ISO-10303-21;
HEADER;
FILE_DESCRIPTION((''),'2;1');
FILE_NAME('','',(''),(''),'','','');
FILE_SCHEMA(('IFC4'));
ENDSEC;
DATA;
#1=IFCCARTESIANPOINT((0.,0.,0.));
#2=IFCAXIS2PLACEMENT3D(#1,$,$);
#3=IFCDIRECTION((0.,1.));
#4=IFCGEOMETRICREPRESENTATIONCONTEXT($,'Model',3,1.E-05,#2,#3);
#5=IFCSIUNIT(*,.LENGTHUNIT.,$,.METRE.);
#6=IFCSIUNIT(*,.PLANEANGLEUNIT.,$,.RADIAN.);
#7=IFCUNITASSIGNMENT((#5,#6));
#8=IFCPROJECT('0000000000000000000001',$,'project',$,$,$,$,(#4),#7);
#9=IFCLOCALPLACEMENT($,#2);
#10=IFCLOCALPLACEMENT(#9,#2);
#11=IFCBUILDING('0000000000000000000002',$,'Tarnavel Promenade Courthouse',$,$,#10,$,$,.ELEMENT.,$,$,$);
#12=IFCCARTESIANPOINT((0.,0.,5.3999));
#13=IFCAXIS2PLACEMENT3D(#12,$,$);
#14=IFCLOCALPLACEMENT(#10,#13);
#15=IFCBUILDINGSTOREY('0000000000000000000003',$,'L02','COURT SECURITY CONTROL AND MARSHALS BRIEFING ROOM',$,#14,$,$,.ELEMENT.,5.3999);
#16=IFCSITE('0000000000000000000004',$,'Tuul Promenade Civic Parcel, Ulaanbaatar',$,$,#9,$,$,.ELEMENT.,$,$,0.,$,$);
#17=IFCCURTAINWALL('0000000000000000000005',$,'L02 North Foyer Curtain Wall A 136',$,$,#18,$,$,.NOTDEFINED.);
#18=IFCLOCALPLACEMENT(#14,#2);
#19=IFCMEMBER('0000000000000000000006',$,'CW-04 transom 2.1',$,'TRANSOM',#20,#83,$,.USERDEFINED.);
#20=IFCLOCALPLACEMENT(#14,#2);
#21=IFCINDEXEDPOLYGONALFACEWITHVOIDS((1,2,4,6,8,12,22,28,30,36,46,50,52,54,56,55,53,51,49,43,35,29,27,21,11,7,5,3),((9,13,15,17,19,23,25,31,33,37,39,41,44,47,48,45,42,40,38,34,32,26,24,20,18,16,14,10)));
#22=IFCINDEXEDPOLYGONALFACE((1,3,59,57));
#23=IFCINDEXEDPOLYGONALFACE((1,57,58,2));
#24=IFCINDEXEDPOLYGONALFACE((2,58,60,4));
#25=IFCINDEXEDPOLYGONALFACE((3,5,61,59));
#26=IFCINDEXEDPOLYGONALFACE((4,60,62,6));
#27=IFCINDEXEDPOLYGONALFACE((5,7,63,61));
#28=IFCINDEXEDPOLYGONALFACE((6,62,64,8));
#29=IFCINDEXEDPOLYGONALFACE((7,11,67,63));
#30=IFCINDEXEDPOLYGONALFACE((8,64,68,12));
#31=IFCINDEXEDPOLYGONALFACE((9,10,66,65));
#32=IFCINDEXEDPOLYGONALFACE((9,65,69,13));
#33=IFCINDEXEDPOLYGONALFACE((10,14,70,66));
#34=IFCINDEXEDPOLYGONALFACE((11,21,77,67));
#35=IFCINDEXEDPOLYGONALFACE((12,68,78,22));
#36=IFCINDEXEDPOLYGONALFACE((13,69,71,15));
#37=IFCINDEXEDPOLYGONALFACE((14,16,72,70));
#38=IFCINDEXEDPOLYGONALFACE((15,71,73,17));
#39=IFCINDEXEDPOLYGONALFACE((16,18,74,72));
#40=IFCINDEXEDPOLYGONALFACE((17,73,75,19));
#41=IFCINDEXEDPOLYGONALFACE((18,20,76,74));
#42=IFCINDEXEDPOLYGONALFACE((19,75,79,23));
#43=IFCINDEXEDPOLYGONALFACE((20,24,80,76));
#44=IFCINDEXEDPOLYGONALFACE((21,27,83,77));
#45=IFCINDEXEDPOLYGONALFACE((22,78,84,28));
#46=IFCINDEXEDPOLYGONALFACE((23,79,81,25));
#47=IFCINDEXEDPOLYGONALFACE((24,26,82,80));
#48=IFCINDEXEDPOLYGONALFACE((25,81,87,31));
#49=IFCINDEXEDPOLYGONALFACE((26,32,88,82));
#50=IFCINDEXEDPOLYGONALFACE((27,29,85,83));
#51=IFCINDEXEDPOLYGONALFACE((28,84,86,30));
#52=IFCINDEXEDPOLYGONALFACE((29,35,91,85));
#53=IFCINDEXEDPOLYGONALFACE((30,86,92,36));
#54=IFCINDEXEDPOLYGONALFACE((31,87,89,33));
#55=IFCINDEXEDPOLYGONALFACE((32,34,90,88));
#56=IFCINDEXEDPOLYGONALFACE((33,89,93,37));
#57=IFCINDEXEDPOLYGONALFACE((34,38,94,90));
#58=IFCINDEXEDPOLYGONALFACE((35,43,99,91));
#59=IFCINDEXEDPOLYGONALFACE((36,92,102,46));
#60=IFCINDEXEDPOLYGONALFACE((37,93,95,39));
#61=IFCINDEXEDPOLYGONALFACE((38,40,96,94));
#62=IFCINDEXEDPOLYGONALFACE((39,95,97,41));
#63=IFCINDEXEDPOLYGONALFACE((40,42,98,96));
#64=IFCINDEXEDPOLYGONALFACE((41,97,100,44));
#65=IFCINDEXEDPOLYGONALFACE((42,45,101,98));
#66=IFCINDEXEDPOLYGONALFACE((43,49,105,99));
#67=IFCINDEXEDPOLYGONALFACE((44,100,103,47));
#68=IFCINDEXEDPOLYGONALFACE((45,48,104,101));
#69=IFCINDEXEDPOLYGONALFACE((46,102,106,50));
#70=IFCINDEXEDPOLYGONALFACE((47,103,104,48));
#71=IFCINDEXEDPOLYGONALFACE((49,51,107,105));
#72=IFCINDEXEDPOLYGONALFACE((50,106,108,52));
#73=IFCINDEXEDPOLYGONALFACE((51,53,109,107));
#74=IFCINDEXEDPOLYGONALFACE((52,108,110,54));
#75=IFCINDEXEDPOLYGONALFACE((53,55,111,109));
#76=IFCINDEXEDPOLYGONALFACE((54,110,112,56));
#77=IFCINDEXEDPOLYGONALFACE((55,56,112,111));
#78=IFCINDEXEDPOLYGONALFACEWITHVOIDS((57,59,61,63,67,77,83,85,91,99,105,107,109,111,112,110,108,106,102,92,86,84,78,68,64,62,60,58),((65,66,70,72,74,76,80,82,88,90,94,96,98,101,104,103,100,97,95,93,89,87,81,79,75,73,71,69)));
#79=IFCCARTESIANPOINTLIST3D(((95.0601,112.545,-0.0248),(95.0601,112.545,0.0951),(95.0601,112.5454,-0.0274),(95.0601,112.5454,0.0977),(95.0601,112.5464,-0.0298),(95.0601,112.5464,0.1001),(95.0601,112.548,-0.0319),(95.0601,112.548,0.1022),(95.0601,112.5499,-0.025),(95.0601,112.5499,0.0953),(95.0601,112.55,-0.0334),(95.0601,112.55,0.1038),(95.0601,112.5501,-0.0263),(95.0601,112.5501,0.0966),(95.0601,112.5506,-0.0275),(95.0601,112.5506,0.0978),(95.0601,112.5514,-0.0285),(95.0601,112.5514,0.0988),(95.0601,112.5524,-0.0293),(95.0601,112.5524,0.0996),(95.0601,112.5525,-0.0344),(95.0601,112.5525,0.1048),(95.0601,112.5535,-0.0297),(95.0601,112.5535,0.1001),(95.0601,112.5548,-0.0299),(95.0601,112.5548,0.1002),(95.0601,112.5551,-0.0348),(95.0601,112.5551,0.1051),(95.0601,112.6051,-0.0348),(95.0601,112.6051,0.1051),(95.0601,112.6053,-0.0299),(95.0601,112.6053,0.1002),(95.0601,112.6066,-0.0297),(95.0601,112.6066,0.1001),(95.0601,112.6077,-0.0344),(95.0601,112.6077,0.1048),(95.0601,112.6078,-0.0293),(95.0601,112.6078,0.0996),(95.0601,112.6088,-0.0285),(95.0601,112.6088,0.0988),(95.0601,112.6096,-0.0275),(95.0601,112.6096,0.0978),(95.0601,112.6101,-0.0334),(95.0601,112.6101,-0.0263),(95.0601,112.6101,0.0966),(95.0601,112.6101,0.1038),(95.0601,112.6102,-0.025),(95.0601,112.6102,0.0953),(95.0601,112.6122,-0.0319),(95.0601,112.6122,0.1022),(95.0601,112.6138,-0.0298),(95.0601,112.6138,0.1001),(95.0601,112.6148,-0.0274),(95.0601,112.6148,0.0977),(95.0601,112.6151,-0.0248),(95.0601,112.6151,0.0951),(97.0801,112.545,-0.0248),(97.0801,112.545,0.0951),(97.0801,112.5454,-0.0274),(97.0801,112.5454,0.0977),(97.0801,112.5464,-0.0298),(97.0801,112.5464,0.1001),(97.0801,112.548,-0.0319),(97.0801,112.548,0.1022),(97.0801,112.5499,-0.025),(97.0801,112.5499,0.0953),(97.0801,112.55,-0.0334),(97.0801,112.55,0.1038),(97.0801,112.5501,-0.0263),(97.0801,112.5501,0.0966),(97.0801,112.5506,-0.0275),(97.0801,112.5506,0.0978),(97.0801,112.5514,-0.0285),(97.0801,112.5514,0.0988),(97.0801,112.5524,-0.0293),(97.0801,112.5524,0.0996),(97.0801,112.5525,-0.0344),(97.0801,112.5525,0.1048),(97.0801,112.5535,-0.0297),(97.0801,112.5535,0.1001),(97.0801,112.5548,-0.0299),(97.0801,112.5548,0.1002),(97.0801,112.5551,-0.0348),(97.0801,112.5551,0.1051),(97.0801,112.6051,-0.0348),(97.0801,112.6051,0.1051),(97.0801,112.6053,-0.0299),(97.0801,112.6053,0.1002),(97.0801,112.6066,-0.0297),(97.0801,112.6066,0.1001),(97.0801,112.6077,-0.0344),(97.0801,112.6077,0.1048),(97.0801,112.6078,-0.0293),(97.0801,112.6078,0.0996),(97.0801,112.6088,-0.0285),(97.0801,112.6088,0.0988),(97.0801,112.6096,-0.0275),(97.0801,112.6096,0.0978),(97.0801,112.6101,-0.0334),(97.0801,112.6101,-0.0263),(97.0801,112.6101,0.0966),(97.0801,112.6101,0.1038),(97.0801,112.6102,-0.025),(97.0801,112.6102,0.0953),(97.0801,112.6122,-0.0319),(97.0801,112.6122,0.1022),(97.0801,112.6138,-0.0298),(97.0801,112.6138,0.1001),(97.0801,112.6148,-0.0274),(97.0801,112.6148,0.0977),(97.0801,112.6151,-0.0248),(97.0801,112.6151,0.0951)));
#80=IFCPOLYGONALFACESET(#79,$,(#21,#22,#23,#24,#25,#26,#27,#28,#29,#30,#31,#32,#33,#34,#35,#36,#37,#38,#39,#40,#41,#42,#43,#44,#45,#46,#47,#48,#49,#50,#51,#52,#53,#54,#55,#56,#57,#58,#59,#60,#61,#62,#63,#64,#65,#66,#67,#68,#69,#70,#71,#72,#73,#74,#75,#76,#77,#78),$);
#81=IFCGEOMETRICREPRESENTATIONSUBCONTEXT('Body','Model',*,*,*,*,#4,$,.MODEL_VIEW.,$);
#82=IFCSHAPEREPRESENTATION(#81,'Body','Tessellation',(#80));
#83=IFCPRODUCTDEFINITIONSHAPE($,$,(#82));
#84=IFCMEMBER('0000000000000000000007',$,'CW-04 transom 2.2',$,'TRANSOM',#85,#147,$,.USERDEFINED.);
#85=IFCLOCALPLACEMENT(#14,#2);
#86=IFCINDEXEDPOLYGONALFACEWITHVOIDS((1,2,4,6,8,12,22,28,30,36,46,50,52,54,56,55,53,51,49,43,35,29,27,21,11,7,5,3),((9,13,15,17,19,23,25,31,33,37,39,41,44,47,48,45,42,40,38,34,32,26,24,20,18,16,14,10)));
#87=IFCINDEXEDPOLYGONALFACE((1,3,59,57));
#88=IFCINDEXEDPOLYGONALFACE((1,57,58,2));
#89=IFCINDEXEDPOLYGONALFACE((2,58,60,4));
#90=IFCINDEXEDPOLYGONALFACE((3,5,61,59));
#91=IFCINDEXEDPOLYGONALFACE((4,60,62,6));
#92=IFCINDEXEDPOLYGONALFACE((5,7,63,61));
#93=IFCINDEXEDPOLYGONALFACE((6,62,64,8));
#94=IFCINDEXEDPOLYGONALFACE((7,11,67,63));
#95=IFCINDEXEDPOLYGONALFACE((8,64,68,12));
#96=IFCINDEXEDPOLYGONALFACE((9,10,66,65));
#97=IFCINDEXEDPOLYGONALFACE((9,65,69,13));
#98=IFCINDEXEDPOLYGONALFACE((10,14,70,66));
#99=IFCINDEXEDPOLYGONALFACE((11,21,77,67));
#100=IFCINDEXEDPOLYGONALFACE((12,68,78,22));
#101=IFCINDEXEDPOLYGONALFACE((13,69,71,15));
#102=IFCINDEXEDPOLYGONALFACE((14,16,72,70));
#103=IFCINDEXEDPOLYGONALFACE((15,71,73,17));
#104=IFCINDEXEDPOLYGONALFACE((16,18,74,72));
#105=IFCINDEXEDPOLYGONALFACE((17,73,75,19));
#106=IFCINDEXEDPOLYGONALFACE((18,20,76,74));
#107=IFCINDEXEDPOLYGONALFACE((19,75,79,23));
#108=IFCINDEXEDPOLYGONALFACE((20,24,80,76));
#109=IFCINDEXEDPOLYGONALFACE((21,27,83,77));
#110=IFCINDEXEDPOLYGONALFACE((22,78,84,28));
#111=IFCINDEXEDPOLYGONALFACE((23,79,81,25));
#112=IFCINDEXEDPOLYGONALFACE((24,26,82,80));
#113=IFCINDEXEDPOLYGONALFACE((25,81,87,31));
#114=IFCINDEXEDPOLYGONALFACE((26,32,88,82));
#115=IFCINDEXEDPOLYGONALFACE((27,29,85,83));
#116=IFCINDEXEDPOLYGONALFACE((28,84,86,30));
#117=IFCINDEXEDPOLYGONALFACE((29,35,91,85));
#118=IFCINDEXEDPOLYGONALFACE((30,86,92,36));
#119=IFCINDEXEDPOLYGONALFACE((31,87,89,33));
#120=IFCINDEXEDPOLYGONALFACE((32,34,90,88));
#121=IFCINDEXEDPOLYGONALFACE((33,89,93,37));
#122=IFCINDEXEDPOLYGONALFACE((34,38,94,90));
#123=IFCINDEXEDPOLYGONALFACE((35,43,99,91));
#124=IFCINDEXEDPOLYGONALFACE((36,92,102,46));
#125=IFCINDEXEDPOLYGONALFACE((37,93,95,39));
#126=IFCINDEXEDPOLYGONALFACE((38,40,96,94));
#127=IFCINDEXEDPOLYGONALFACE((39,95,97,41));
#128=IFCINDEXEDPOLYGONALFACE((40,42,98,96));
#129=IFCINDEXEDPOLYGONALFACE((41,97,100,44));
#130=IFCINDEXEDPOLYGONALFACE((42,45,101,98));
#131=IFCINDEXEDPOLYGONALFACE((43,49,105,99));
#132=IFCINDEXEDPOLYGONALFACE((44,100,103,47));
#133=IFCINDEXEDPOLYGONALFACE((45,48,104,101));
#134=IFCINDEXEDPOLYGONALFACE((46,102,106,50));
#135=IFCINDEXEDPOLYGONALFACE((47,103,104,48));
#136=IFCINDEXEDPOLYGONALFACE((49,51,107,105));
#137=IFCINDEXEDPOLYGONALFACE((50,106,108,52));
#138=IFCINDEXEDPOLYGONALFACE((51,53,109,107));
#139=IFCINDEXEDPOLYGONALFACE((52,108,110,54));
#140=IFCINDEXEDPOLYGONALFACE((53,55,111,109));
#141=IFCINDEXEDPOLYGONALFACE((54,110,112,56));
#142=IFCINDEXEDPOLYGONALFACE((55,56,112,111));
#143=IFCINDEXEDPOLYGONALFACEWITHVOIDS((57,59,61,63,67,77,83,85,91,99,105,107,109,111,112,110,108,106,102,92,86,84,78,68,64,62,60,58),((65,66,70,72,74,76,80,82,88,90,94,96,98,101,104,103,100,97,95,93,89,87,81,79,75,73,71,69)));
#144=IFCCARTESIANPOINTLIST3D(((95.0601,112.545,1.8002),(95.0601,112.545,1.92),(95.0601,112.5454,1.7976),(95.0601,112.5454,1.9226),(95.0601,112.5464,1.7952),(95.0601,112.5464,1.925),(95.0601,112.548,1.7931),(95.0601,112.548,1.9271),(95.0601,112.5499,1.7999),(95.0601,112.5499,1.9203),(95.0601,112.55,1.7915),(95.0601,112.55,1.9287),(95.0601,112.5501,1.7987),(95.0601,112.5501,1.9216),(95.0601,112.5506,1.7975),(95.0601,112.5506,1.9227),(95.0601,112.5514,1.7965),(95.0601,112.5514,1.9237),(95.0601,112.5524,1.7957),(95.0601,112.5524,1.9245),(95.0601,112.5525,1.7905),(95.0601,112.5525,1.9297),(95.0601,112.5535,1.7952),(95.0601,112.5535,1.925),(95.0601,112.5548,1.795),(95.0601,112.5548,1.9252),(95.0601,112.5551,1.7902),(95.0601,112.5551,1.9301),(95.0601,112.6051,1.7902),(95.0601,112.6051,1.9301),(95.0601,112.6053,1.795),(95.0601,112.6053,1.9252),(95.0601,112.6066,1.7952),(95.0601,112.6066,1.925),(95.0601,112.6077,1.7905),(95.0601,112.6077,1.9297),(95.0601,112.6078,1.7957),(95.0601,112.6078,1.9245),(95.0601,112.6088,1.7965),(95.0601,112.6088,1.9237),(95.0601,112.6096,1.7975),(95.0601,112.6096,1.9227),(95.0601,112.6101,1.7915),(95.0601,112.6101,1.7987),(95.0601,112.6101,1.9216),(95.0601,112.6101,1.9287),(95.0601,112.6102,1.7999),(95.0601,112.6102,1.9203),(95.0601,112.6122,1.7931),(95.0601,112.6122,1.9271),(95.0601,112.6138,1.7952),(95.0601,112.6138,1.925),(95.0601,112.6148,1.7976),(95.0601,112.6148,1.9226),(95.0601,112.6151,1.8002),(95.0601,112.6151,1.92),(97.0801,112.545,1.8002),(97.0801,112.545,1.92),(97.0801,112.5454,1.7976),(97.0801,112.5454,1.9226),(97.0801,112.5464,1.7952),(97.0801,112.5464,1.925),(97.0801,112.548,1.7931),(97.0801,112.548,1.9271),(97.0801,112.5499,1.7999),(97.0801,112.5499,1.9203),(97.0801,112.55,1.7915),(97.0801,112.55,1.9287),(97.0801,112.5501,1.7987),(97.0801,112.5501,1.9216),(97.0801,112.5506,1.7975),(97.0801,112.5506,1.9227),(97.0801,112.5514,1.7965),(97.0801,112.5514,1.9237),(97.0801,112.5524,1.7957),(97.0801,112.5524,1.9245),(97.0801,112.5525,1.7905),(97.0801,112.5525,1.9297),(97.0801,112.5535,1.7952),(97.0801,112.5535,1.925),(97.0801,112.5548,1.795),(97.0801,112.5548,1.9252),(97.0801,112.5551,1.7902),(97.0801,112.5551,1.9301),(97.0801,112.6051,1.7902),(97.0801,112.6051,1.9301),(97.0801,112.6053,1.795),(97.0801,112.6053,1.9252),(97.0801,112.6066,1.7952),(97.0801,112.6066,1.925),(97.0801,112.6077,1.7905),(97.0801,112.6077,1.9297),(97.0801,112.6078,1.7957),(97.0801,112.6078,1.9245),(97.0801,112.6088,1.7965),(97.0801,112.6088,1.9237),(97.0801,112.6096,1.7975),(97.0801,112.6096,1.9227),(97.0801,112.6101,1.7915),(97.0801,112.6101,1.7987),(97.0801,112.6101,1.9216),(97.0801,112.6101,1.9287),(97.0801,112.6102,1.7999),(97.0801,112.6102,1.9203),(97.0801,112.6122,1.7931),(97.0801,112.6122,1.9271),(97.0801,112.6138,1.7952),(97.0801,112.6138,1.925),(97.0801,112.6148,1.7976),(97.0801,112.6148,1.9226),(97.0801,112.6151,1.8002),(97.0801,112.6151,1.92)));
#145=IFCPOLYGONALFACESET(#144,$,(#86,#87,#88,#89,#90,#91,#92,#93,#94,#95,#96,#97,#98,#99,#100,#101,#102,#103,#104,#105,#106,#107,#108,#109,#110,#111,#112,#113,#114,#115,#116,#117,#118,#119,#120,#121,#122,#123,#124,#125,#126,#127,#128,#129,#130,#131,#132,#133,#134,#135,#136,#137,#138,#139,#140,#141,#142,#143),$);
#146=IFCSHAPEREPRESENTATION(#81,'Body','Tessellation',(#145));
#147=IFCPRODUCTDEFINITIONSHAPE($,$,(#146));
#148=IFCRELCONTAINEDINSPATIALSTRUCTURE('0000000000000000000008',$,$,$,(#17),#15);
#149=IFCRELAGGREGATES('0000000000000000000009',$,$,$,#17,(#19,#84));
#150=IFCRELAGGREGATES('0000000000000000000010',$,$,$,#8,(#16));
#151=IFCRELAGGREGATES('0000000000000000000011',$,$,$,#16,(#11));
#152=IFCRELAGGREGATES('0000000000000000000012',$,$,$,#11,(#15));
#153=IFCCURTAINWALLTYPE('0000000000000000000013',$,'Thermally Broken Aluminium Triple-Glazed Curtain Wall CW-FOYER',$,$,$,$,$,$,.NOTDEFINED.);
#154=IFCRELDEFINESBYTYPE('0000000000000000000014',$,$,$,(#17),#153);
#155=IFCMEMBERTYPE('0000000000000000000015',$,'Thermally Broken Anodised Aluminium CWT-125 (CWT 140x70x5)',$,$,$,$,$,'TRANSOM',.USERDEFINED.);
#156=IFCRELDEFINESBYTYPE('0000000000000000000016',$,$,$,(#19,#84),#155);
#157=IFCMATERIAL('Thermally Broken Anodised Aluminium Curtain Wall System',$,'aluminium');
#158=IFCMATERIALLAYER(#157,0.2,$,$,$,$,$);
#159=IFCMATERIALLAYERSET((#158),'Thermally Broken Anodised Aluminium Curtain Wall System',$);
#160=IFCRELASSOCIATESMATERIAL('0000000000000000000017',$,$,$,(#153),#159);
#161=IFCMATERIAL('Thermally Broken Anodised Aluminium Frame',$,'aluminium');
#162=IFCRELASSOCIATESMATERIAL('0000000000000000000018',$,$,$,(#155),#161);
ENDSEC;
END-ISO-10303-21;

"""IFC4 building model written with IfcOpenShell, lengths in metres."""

from ifc_helpers import new_model, si_unit, direction, frame, origin, origin_2d, place, context, subcontext, project, spatial, hollow_rectangle, extrude, material, layer, layer_set, material_profile, profile_set, type_object, element, aggregate, save


model = new_model("IFC4")

# Units and contexts
model_context = context("Model", 3, precision=1e-05, world=origin(), true_north=direction((0.0, 1.0)))
body_context = subcontext(model_context, "Body", "Model", "MODEL_VIEW")
ifc_project = project(units=[si_unit("LENGTHUNIT", "METRE"), si_unit("PLANEANGLEUNIT", "RADIAN")], contexts=[model_context])

# Site, building, storey
site_placement = place(None, origin())
site = spatial("IfcSite", under=ifc_project, at=site_placement, Name="Tuul Promenade Civic Parcel, Ulaanbaatar", CompositionType="ELEMENT", RefElevation=0.0)
building_placement = place(site_placement, origin())
building = spatial("IfcBuilding", under=site, at=building_placement, Name="Tarnavel Promenade Courthouse", CompositionType="ELEMENT")
storey_placement = place(building_placement, frame((0.0, 0.0, 5.3999)))
storey = spatial("IfcBuildingStorey", under=building, at=storey_placement, Name="L02", Description="COURT SECURITY CONTROL AND MARSHALS BRIEFING ROOM", CompositionType="ELEMENT", Elevation=5.3999)

# Shared definitions
ifc_material_1 = material(Name="Thermally Broken Anodised Aluminium Curtain Wall System", Category="aluminium")
ifc_layer_1 = layer(ifc_material_1, 0.2)
ifc_layer_set_1 = layer_set([ifc_layer_1], Name="Thermally Broken Anodised Aluminium Curtain Wall System")
curtain_wall_type = type_object("IfcCurtainWallType", Name="Thermally Broken Aluminium Triple-Glazed Curtain Wall CW-FOYER", PredefinedType="NOTDEFINED", material=ifc_layer_set_1)
ifc_material_2 = material(Name="Thermally Broken Anodised Aluminium Frame", Category="aluminium")

# Curtain wall
curtain_wall_1_placement = place(storey_placement, origin())
curtain_wall_1 = element("IfcCurtainWall", 1, at=curtain_wall_1_placement, inside=storey, type_object=curtain_wall_type, Name="L02 North Foyer Curtain Wall A 136", PredefinedType="NOTDEFINED")

# Members
ifc_material_profile_1 = material_profile(ifc_material_2, hollow_rectangle(XDim=0.0701, YDim=0.1399, WallThickness=0.0049, InnerFilletRadius=0.0049, OuterFilletRadius=0.01, at=origin_2d()), Name="CWT 140x70x5")
ifc_profile_set_1 = profile_set([ifc_material_profile_1], Name="Thermally Broken Anodised Aluminium Frame")
member_type_1 = type_object("IfcMemberType", Name="Thermally Broken Anodised Aluminium CWT-125 (CWT 140x70x5)", ElementType="TRANSOM", PredefinedType="USERDEFINED", material=ifc_profile_set_1)
member_1_placement = place(storey_placement, frame((95.0601, 112.5801, 0.0352), z_axis=(1.0, 0.0, 0.0), x_axis=(0.0, 1.0, 0.0)))
member_1 = element("IfcMember", 2, at=member_1_placement, type_object=member_type_1, Name="CW-04 transom 2.1", ObjectType="TRANSOM", PredefinedType="USERDEFINED", context=body_context, shape_type="SweptSolid", body=[
    extrude(hollow_rectangle(XDim=0.0701, YDim=0.1399, WallThickness=0.0049, InnerFilletRadius=0.0049, OuterFilletRadius=0.01, at=origin_2d()), origin(), (0.0, 0.0, 1.0), 2.02),
])
member_2_placement = place(storey_placement, frame((95.0601, 112.5801, 1.8601), z_axis=(1.0, 0.0, 0.0), x_axis=(0.0, 1.0, 0.0)))
member_2 = element("IfcMember", 3, at=member_2_placement, type_object=member_type_1, Name="CW-04 transom 2.2", ObjectType="TRANSOM", PredefinedType="USERDEFINED", context=body_context, shape_type="SweptSolid", body=[
    extrude(hollow_rectangle(XDim=0.0701, YDim=0.1399, WallThickness=0.0049, InnerFilletRadius=0.0049, OuterFilletRadius=0.01, at=origin_2d()), origin(), (0.0, 0.0, 1.0), 2.02),
])

aggregate(curtain_wall_1, [member_1, member_2])

save(model, "model.ifc")
